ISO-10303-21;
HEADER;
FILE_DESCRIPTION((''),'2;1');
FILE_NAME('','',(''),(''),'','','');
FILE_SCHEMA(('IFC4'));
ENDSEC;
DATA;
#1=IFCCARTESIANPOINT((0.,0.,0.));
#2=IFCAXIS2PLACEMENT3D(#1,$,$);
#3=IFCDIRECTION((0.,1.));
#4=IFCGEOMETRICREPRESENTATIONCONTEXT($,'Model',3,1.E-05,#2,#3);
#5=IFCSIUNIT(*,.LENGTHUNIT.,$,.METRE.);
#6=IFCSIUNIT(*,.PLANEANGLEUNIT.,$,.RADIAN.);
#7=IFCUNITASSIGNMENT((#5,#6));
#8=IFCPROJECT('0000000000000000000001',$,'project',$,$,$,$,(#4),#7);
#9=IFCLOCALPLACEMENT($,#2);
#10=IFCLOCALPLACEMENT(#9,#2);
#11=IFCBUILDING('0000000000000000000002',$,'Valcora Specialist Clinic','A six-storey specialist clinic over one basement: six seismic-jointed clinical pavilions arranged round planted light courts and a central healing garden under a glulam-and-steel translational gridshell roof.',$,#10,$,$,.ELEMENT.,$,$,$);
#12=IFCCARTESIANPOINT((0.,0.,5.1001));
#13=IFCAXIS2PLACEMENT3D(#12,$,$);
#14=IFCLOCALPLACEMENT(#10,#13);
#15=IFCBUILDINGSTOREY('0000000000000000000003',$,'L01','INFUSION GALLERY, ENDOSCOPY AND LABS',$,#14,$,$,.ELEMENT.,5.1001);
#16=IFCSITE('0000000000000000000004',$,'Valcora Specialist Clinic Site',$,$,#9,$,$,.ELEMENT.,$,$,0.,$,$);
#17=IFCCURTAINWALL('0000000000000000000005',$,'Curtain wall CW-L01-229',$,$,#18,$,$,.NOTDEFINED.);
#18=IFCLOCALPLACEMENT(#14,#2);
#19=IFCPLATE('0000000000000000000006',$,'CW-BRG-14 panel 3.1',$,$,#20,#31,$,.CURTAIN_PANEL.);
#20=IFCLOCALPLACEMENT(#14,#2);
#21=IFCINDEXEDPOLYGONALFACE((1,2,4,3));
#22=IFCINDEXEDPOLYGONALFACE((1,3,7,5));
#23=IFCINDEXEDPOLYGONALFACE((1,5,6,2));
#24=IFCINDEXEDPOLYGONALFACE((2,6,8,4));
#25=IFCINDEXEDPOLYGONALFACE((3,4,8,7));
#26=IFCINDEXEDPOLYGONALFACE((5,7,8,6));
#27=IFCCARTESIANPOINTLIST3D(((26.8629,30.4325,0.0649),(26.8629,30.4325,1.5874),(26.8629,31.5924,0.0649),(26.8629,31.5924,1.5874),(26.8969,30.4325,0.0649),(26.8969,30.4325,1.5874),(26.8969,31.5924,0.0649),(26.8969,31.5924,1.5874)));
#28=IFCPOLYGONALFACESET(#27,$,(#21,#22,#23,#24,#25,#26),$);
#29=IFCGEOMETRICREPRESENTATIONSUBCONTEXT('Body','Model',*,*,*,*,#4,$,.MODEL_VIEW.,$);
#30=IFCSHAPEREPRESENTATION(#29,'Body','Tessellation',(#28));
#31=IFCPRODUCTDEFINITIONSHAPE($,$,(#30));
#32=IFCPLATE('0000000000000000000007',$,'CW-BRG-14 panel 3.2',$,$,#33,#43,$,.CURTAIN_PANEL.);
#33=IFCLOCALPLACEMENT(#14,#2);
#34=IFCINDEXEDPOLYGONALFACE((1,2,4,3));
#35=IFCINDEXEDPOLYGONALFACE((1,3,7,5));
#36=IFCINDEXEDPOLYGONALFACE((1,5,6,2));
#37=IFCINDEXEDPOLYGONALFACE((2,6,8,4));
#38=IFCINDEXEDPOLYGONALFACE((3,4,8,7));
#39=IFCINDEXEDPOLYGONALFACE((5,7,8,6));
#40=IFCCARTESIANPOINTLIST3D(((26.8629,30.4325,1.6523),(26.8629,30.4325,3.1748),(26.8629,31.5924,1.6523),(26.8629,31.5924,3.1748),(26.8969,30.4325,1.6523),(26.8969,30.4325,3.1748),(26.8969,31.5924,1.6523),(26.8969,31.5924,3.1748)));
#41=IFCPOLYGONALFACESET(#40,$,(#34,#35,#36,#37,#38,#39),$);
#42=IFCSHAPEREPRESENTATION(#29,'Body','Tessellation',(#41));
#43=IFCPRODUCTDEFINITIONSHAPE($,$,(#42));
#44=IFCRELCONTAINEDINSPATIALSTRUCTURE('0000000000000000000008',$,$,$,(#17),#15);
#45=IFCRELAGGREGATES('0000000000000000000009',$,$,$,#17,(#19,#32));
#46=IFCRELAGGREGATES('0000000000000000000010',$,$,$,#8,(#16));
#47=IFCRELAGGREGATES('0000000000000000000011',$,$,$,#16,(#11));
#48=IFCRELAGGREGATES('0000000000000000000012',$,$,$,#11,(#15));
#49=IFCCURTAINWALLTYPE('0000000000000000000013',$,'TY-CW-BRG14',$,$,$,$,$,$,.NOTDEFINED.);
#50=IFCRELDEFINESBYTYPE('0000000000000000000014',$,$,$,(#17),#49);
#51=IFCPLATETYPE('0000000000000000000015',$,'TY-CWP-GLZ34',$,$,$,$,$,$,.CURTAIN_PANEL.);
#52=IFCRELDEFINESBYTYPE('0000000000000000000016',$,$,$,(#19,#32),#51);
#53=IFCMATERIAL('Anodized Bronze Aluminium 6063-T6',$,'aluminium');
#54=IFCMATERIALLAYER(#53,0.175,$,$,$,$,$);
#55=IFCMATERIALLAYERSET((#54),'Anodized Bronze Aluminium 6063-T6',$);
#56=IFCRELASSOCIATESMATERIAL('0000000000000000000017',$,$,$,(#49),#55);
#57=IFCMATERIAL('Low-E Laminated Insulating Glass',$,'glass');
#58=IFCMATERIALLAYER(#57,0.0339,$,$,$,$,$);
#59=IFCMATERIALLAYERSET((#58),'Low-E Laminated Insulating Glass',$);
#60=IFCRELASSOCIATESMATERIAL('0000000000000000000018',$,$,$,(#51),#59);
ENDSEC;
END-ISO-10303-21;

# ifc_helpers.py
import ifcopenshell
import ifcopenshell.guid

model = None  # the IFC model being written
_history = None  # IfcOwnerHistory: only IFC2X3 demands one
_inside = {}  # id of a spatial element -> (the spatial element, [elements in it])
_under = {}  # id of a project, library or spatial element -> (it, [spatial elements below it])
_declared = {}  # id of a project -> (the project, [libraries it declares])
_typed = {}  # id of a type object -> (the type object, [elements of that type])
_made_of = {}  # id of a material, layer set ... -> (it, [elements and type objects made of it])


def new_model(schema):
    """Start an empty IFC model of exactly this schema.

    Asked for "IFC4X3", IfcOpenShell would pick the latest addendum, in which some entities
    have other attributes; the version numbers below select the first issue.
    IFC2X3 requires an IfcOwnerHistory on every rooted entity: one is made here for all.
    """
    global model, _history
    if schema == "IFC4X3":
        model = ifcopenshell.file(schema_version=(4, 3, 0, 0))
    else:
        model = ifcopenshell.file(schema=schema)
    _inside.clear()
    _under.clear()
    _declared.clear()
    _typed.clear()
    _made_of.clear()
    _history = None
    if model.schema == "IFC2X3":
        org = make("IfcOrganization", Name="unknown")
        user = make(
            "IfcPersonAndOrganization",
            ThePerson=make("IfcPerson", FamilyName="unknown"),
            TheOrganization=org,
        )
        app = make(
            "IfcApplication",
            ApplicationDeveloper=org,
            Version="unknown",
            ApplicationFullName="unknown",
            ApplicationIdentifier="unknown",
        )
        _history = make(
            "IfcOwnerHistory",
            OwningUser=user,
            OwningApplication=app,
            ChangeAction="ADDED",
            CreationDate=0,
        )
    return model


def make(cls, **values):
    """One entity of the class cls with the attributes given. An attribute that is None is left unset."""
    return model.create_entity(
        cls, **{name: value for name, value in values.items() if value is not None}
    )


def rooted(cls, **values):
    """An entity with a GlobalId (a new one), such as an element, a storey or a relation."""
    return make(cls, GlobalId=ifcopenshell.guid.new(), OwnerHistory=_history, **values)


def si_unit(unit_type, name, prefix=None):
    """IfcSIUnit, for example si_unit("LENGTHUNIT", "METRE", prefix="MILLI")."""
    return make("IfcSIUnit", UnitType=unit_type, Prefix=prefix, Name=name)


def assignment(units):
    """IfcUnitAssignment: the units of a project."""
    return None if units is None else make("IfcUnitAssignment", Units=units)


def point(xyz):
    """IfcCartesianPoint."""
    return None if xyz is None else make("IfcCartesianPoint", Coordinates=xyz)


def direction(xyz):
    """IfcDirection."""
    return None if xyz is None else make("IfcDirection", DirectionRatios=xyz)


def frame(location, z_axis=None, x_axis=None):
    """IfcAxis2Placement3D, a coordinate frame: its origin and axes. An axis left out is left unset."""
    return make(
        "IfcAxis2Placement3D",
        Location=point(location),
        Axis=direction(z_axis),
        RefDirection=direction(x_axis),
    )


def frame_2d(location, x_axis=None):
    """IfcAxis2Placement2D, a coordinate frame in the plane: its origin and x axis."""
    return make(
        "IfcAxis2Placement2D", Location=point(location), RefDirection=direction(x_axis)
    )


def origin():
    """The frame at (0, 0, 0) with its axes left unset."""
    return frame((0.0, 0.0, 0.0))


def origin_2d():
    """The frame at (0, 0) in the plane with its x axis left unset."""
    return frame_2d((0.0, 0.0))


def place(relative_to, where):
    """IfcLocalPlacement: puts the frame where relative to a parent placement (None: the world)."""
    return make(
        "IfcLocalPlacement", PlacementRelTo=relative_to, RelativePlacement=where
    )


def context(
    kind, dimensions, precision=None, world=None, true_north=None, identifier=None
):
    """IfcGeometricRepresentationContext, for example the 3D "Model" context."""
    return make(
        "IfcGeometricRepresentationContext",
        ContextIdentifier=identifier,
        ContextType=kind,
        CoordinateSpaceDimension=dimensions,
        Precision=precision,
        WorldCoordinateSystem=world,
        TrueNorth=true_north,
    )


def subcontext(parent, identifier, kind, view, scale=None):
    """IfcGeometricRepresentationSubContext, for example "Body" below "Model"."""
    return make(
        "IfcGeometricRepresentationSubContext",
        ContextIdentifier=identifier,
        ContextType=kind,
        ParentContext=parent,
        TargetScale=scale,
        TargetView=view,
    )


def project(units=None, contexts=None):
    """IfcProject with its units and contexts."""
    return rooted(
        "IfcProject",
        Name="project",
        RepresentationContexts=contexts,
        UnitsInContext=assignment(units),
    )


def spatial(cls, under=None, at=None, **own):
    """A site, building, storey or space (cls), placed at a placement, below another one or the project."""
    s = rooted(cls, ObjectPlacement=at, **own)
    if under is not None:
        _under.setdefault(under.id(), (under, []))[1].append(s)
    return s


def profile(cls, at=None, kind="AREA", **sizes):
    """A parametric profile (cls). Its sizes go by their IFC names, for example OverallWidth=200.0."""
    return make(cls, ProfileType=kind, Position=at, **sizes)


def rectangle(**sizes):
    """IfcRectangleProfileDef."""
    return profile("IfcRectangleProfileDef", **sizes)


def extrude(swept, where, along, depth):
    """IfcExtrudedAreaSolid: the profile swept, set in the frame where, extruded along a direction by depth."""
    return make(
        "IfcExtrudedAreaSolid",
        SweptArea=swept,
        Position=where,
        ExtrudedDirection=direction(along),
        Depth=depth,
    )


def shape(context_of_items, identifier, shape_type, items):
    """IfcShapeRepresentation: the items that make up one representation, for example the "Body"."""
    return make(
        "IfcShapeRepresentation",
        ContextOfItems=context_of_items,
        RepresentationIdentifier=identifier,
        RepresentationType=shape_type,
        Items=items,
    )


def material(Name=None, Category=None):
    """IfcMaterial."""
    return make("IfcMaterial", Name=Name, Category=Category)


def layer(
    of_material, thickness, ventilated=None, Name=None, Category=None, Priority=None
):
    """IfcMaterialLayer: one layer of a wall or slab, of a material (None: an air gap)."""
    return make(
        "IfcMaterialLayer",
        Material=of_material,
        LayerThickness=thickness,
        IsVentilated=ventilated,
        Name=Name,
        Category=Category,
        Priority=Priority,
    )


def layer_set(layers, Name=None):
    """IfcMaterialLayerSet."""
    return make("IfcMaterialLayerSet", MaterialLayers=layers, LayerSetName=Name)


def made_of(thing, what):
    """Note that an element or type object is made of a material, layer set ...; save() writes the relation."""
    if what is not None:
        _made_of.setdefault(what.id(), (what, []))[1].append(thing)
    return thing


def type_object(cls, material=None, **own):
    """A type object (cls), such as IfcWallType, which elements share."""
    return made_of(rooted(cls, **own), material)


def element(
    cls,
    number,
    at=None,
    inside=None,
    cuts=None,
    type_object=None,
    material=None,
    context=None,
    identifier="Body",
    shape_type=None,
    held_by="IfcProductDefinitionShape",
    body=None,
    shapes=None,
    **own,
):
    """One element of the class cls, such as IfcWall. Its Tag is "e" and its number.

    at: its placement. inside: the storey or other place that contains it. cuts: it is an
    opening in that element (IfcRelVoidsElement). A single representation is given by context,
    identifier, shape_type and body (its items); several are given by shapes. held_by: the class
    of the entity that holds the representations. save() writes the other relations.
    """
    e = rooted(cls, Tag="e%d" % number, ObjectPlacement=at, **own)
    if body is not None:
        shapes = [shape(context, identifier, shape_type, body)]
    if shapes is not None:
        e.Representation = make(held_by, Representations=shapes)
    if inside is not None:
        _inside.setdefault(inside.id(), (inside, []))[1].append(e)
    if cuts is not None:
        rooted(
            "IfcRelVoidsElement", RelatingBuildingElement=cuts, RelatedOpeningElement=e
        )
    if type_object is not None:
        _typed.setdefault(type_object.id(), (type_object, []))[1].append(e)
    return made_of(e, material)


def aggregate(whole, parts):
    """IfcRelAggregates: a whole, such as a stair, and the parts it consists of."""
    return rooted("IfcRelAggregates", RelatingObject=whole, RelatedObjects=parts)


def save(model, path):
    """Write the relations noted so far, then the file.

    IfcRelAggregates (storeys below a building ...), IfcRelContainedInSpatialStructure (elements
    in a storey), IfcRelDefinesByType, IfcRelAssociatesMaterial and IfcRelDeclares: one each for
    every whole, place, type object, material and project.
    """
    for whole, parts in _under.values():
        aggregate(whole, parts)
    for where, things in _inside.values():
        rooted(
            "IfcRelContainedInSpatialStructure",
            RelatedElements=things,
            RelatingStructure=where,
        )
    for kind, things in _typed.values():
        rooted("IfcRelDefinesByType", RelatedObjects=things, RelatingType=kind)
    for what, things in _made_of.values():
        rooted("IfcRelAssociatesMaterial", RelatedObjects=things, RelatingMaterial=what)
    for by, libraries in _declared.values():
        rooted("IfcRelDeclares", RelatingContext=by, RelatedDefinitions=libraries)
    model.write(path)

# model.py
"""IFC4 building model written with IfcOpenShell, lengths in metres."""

from ifc_helpers import new_model, si_unit, direction, frame, origin, origin_2d, place, context, subcontext, project, spatial, rectangle, extrude, material, layer, layer_set, type_object, element, aggregate, save


model = new_model("IFC4")

# Units and contexts
model_context = context("Model", 3, precision=1e-05, world=origin(), true_north=direction((0.0, 1.0)))
body_context = subcontext(model_context, "Body", "Model", "MODEL_VIEW")
ifc_project = project(units=[si_unit("LENGTHUNIT", "METRE"), si_unit("PLANEANGLEUNIT", "RADIAN")], contexts=[model_context])

# Site, building, storey
site_placement = place(None, origin())
site = spatial("IfcSite", under=ifc_project, at=site_placement, Name="Valcora Specialist Clinic Site", CompositionType="ELEMENT", RefElevation=0.0)
building_placement = place(site_placement, origin())
building = spatial("IfcBuilding", under=site, at=building_placement, Name="Valcora Specialist Clinic", Description="A six-storey specialist clinic over one basement: six seismic-jointed clinical pavilions arranged round planted light courts and a central healing garden under a glulam-and-steel translational gridshell roof.", CompositionType="ELEMENT")
storey_placement = place(building_placement, frame((0.0, 0.0, 5.1001)))
storey = spatial("IfcBuildingStorey", under=building, at=storey_placement, Name="L01", Description="INFUSION GALLERY, ENDOSCOPY AND LABS", CompositionType="ELEMENT", Elevation=5.1001)

# Shared definitions
ifc_material_1 = material(Name="Anodized Bronze Aluminium 6063-T6", Category="aluminium")
ifc_layer_1 = layer(ifc_material_1, 0.175)
ifc_layer_set_1 = layer_set([ifc_layer_1], Name="Anodized Bronze Aluminium 6063-T6")
curtain_wall_type = type_object("IfcCurtainWallType", Name="TY-CW-BRG14", PredefinedType="NOTDEFINED", material=ifc_layer_set_1)

# Curtain wall
curtain_wall_1_placement = place(storey_placement, origin())
curtain_wall_1 = element("IfcCurtainWall", 1, at=curtain_wall_1_placement, inside=storey, type_object=curtain_wall_type, Name="Curtain wall CW-L01-229", PredefinedType="NOTDEFINED")

# Plates
ifc_material_2 = material(Name="Low-E Laminated Insulating Glass", Category="glass")
ifc_layer_2 = layer(ifc_material_2, 0.0339)
ifc_layer_set_2 = layer_set([ifc_layer_2], Name="Low-E Laminated Insulating Glass")
plate_type_1 = type_object("IfcPlateType", Name="TY-CWP-GLZ34", PredefinedType="CURTAIN_PANEL", material=ifc_layer_set_2)
plate_1_placement = place(storey_placement, frame((26.8799, 31.0125, 0.0649), z_axis=(0.0, 0.0, 1.0), x_axis=(0.0, 1.0, 0.0)))
plate_1 = element("IfcPlate", 2, at=plate_1_placement, type_object=plate_type_1, Name="CW-BRG-14 panel 3.1", PredefinedType="CURTAIN_PANEL", context=body_context, shape_type="SweptSolid", body=[
    extrude(rectangle(XDim=1.1599, YDim=0.0339, at=origin_2d()), origin(), (0.0, 0.0, 1.0), 1.5225),
])
plate_2_placement = place(storey_placement, frame((26.8799, 31.0125, 1.6523), z_axis=(0.0, 0.0, 1.0), x_axis=(0.0, 1.0, 0.0)))
plate_2 = element("IfcPlate", 3, at=plate_2_placement, type_object=plate_type_1, Name="CW-BRG-14 panel 3.2", PredefinedType="CURTAIN_PANEL", context=body_context, shape_type="SweptSolid", body=[
    extrude(rectangle(XDim=1.1599, YDim=0.0339, at=origin_2d()), origin(), (0.0, 0.0, 1.0), 1.5225),
])
aggregate(curtain_wall_1, [plate_1, plate_2])

save(model, "model.ifc")
